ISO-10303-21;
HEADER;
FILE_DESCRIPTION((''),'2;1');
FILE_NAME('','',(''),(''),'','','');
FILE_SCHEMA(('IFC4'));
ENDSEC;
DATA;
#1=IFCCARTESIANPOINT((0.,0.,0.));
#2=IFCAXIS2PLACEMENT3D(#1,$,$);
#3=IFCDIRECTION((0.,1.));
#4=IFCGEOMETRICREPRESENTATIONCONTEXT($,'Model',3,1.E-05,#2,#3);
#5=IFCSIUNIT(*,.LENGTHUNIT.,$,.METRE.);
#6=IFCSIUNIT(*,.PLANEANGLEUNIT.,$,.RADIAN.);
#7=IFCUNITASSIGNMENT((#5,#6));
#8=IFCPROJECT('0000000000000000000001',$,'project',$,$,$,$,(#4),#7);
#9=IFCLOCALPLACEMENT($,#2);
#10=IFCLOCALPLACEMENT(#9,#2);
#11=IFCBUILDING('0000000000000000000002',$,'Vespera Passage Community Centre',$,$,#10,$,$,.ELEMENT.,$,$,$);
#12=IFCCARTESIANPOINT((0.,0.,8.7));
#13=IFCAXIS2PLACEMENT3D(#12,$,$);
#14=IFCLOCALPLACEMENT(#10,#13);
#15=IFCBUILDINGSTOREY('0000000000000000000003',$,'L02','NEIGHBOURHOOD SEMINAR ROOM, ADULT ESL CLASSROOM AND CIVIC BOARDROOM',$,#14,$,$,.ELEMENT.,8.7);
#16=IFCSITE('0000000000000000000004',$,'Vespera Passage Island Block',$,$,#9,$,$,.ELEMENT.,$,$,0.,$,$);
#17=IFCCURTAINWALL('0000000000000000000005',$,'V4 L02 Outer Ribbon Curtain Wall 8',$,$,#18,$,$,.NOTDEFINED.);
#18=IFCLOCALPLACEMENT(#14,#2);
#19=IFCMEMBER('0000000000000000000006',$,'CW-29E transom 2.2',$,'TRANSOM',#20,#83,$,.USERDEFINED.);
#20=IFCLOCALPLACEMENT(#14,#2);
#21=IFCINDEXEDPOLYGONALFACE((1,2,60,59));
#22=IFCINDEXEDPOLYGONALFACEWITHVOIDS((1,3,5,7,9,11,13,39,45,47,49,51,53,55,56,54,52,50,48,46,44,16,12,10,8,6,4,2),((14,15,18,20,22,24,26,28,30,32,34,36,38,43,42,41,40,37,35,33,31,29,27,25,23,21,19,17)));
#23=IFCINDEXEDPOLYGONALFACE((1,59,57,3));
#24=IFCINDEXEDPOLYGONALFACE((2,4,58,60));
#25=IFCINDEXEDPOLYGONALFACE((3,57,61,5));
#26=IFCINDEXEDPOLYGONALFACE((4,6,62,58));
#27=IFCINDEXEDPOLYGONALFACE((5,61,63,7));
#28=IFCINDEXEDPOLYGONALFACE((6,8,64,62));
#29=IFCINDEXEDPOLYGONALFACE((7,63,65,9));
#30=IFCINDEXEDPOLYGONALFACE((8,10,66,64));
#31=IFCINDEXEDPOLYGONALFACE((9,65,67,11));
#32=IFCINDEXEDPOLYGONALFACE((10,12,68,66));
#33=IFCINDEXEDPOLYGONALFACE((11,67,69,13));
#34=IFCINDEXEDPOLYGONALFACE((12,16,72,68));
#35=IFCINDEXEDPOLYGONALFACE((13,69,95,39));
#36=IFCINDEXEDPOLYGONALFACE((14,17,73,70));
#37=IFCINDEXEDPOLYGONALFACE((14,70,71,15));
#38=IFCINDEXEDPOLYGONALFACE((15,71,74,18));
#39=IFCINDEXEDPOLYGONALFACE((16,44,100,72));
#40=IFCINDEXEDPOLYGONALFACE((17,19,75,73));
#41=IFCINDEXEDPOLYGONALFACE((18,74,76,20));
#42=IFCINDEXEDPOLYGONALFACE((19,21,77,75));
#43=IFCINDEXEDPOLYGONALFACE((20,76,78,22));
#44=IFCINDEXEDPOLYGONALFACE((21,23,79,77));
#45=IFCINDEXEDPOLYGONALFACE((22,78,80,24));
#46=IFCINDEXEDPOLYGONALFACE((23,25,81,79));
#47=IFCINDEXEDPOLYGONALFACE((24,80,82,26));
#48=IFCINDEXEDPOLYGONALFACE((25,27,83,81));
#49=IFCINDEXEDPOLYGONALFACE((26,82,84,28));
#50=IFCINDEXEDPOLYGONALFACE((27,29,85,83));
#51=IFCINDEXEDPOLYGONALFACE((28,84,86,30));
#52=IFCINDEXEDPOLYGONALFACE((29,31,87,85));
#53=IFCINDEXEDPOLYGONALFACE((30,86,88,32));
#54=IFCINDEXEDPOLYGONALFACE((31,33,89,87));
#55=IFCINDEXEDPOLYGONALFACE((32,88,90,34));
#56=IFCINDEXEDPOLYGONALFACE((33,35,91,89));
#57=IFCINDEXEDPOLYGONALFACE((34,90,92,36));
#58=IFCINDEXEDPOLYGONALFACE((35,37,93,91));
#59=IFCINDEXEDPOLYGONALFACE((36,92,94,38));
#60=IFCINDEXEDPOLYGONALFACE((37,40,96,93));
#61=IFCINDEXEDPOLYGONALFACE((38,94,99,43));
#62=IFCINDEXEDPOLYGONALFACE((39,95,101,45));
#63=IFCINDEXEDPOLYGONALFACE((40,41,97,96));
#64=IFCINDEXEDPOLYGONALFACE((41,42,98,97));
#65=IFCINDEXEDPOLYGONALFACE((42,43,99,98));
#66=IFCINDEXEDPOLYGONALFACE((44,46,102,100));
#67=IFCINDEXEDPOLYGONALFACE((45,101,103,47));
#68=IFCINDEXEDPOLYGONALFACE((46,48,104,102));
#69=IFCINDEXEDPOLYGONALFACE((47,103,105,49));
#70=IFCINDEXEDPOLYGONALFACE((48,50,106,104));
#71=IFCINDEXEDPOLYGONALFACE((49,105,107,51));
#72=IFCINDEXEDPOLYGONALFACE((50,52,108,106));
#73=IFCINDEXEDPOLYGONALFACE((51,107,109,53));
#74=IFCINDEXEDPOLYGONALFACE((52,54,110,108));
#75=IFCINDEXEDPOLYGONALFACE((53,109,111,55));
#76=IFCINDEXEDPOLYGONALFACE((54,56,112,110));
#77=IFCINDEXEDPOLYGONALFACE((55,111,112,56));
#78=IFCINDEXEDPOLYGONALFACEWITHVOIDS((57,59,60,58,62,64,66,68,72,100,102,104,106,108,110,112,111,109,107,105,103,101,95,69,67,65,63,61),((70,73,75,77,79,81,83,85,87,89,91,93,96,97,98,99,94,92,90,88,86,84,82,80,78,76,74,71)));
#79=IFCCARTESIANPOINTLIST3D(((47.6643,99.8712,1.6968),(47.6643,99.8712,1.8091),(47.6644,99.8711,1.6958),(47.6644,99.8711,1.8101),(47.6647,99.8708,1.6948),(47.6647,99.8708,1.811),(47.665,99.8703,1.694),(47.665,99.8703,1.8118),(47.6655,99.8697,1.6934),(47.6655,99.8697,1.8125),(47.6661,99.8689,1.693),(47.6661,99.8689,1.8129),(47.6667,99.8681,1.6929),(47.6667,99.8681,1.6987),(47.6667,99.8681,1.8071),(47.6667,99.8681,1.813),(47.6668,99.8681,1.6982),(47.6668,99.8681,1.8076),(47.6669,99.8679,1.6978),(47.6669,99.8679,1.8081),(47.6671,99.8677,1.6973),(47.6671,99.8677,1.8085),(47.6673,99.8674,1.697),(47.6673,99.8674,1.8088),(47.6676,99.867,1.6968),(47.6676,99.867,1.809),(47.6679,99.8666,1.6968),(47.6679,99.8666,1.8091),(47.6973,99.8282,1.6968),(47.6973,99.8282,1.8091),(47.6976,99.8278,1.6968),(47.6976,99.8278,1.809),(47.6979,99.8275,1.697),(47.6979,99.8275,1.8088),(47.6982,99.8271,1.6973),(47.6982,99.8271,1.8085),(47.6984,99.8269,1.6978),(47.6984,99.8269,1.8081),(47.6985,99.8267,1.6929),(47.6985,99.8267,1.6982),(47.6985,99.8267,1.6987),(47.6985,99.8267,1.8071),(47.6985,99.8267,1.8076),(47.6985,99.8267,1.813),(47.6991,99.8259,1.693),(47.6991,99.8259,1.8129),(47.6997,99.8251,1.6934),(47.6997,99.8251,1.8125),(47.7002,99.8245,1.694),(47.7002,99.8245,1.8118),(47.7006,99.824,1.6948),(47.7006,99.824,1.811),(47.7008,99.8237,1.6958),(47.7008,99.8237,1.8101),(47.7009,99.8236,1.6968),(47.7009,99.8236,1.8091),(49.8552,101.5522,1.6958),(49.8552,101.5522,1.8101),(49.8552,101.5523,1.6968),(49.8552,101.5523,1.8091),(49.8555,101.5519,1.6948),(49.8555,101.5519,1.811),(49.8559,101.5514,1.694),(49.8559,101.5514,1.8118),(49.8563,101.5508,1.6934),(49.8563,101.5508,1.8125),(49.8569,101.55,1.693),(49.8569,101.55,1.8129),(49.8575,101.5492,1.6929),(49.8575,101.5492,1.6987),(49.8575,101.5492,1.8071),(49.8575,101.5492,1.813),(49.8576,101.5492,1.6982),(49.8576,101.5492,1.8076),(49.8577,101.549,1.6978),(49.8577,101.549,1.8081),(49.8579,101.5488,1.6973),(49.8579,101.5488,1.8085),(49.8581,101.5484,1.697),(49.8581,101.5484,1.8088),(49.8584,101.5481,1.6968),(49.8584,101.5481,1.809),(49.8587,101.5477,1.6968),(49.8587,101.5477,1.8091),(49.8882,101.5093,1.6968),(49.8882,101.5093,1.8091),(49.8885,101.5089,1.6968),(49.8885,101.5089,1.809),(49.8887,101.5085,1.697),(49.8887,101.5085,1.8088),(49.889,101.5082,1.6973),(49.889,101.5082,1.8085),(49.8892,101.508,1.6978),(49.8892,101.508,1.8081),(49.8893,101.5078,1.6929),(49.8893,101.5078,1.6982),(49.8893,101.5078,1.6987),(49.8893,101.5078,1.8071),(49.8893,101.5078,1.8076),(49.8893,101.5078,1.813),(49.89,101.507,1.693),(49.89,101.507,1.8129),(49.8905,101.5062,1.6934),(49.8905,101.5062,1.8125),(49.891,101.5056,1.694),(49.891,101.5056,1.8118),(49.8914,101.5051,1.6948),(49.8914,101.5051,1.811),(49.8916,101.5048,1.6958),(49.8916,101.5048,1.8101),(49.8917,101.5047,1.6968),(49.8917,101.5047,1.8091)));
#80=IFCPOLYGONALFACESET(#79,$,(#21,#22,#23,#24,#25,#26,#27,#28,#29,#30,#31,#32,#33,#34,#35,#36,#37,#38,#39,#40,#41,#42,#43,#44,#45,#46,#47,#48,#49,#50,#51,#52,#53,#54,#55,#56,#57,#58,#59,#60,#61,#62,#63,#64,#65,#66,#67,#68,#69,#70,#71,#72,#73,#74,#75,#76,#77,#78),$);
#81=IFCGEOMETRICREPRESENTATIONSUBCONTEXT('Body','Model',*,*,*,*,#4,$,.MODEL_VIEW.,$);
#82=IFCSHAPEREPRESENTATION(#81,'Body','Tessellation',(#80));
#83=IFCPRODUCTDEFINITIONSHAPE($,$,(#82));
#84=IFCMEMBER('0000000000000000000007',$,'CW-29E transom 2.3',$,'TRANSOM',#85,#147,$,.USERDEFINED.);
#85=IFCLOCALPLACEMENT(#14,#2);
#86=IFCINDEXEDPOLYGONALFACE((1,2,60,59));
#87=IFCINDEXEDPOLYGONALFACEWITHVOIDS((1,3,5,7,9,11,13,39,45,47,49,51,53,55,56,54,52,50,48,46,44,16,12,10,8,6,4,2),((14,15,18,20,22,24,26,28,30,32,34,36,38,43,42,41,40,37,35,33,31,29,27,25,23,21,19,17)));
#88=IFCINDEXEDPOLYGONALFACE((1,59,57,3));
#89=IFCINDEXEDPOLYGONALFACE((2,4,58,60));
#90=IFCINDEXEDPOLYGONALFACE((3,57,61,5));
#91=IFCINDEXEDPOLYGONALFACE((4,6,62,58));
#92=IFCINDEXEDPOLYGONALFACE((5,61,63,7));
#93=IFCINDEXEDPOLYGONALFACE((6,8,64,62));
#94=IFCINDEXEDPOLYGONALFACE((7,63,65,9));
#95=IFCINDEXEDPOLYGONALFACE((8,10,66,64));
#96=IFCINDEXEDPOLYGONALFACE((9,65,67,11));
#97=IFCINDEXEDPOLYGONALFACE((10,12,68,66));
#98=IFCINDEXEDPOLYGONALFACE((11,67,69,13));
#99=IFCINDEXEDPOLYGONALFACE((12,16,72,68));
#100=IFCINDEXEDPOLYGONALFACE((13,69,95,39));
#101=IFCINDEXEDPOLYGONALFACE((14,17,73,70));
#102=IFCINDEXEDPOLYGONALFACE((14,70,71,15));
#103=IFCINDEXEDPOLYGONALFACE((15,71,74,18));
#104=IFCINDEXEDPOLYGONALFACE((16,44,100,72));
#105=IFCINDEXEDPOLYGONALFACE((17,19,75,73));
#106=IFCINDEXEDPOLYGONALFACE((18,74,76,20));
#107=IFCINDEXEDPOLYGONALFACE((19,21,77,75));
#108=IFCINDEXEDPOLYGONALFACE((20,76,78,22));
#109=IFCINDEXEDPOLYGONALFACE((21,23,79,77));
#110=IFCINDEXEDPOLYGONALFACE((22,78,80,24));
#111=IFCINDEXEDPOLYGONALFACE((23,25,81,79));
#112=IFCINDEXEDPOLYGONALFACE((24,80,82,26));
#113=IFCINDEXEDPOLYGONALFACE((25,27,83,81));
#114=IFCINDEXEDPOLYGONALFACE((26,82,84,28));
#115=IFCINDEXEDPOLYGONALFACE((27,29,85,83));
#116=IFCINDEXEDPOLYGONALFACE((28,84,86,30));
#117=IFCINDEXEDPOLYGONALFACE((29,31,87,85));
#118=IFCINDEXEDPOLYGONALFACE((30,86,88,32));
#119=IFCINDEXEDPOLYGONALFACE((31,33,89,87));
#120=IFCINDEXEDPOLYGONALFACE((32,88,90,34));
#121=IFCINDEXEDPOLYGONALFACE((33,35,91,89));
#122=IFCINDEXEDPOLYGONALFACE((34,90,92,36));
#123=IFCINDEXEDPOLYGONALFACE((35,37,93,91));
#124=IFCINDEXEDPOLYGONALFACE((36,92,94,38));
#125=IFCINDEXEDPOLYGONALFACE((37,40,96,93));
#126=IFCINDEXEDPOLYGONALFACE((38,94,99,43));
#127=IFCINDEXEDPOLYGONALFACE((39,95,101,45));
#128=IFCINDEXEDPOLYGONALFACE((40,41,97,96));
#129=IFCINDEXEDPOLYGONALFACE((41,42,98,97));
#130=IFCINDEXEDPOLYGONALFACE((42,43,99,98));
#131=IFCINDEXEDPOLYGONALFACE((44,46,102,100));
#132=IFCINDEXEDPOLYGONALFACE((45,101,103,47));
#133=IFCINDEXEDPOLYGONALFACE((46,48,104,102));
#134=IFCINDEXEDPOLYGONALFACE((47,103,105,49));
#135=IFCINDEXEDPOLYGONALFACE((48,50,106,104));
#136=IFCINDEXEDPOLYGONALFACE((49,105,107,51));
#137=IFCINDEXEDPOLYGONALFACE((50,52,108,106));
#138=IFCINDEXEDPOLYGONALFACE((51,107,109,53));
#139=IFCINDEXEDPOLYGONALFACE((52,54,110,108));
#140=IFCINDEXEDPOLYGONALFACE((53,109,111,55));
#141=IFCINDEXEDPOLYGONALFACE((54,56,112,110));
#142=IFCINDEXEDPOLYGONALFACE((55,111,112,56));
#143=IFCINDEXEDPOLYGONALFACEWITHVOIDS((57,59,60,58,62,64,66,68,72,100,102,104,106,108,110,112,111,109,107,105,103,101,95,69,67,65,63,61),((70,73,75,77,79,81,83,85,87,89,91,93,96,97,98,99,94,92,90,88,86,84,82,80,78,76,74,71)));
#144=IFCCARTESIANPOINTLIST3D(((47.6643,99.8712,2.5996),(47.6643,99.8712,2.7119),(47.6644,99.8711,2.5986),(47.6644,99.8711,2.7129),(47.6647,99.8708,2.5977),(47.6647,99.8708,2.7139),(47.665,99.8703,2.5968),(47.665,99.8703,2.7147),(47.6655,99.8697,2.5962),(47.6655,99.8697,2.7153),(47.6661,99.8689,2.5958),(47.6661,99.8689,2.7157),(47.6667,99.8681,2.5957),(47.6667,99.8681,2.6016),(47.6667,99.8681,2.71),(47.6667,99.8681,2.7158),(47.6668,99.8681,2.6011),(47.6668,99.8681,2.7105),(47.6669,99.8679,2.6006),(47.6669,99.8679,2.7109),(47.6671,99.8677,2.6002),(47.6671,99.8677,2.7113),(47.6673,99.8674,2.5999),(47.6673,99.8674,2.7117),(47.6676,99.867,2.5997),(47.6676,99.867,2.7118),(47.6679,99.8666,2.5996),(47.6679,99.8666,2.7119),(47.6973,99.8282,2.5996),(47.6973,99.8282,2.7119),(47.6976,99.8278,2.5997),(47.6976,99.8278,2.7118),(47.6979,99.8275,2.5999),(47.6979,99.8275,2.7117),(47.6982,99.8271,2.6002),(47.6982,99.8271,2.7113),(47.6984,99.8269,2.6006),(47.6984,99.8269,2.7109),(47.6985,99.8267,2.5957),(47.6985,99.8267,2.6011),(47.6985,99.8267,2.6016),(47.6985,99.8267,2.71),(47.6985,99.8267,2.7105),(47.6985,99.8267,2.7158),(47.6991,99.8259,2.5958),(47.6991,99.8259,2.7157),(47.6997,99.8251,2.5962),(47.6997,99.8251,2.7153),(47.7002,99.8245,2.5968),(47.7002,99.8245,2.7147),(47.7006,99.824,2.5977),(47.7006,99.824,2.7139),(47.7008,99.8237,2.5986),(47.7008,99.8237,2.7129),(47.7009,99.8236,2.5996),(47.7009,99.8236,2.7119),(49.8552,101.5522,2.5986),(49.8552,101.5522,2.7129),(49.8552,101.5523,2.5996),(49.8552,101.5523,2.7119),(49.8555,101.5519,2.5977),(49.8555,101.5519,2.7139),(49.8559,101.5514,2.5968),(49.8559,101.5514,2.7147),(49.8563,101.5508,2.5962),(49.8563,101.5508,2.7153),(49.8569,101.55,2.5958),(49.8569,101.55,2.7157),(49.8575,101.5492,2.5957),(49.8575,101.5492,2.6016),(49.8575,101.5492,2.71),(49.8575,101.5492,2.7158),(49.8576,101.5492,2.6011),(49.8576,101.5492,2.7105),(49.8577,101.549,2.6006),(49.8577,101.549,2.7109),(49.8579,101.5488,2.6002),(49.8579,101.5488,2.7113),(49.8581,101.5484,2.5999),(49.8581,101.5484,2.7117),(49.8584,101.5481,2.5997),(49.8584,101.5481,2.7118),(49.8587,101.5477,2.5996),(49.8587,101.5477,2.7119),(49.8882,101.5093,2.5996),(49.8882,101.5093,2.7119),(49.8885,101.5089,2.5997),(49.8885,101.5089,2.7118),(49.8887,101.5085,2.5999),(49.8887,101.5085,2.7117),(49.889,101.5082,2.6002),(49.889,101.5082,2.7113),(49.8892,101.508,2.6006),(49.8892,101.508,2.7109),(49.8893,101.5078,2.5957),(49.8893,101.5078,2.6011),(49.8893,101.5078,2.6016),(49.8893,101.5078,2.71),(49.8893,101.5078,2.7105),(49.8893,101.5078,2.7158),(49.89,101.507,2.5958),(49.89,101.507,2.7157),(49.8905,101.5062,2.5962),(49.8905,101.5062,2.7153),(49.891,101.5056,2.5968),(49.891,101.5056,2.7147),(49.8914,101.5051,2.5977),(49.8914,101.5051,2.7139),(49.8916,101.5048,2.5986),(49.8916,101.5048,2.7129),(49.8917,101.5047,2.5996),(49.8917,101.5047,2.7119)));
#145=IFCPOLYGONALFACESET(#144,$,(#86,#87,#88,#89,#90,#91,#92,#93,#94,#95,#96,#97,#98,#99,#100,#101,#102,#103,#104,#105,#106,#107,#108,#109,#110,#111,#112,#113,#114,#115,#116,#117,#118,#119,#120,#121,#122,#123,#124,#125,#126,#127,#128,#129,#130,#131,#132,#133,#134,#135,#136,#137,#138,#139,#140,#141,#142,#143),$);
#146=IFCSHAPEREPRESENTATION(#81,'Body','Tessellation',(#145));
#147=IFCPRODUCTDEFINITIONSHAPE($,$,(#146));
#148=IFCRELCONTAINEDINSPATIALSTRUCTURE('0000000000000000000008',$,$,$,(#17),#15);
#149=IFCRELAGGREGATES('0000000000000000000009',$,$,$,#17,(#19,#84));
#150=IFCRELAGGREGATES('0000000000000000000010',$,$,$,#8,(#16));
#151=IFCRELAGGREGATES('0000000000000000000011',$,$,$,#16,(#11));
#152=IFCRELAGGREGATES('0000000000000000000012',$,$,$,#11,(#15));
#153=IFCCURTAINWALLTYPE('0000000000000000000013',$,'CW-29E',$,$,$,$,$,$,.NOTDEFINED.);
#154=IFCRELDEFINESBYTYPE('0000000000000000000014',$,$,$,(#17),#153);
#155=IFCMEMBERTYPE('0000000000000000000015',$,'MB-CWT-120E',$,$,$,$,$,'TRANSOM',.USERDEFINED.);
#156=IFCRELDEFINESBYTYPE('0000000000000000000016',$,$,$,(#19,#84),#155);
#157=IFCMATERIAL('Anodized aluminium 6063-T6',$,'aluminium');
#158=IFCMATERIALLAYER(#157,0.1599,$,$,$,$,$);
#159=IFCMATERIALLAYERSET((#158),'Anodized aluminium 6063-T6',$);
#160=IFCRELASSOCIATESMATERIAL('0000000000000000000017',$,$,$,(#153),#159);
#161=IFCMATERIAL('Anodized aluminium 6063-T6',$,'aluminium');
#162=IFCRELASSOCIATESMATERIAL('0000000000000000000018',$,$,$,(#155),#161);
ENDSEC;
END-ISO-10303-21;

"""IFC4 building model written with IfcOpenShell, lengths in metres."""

from ifc_helpers import new_model, si_unit, direction, frame, origin, origin_2d, place, context, subcontext, project, spatial, hollow_rectangle, extrude, material, layer, layer_set, material_profile, profile_set, type_object, element, aggregate, save


model = new_model("IFC4")

# Units and contexts
model_context = context("Model", 3, precision=1e-05, world=origin(), true_north=direction((0.0, 1.0)))
body_context = subcontext(model_context, "Body", "Model", "MODEL_VIEW")
ifc_project = project(units=[si_unit("LENGTHUNIT", "METRE"), si_unit("PLANEANGLEUNIT", "RADIAN")], contexts=[model_context])

# Site, building, storey
site_placement = place(None, origin())
site = spatial("IfcSite", under=ifc_project, at=site_placement, Name="Vespera Passage Island Block", CompositionType="ELEMENT", RefElevation=0.0)
building_placement = place(site_placement, origin())
building = spatial("IfcBuilding", under=site, at=building_placement, Name="Vespera Passage Community Centre", CompositionType="ELEMENT")
storey_placement = place(building_placement, frame((0.0, 0.0, 8.7)))
storey = spatial("IfcBuildingStorey", under=building, at=storey_placement, Name="L02", Description="NEIGHBOURHOOD SEMINAR ROOM, ADULT ESL CLASSROOM AND CIVIC BOARDROOM", CompositionType="ELEMENT", Elevation=8.7)

# Curtain wall
ifc_material_1 = material(Name="Anodized aluminium 6063-T6", Category="aluminium")
ifc_layer_1 = layer(ifc_material_1, 0.1599)
ifc_layer_set_1 = layer_set([ifc_layer_1], Name="Anodized aluminium 6063-T6")
curtain_wall_type_1 = type_object("IfcCurtainWallType", Name="CW-29E", PredefinedType="NOTDEFINED", material=ifc_layer_set_1)
curtain_wall_1_placement = place(storey_placement, origin())
curtain_wall_1 = element("IfcCurtainWall", 1, at=curtain_wall_1_placement, inside=storey, type_object=curtain_wall_type_1, Name="V4 L02 Outer Ribbon Curtain Wall 8", PredefinedType="NOTDEFINED")

# Members
ifc_material_2 = material(Name="Anodized aluminium 6063-T6", Category="aluminium")
ifc_material_profile_1 = material_profile(ifc_material_2, hollow_rectangle(XDim=0.0601, YDim=0.1201, WallThickness=0.0039, InnerFilletRadius=0.002, OuterFilletRadius=0.0039, at=origin_2d()), Name="ALU120X60X4")
ifc_profile_set_1 = profile_set([ifc_material_profile_1], Name="Anodized aluminium 6063-T6")
member_type_1 = type_object("IfcMemberType", Name="MB-CWT-120E", ElementType="TRANSOM", PredefinedType="USERDEFINED", material=ifc_profile_set_1)
member_1_placement = place(storey_placement, frame((47.6826, 99.8474, 1.7529), z_axis=(0.793353, 0.608762, 0.0), x_axis=(-0.608762, 0.793353, 0.0)))
member_1 = element("IfcMember", 2, at=member_1_placement, type_object=member_type_1, Name="CW-29E transom 2.2", ObjectType="TRANSOM", PredefinedType="USERDEFINED", context=body_context, shape_type="SweptSolid", body=[
    extrude(hollow_rectangle(XDim=0.0601, YDim=0.1201, WallThickness=0.0039, InnerFilletRadius=0.002, OuterFilletRadius=0.0039, at=origin_2d()), origin(), (0.0, 0.0, 1.0), 2.7615),
])
member_2_placement = place(storey_placement, frame((47.6826, 99.8474, 2.6558), z_axis=(0.793353, 0.608762, 0.0), x_axis=(-0.608762, 0.793353, 0.0)))
member_2 = element("IfcMember", 3, at=member_2_placement, type_object=member_type_1, Name="CW-29E transom 2.3", ObjectType="TRANSOM", PredefinedType="USERDEFINED", context=body_context, shape_type="SweptSolid", body=[
    extrude(hollow_rectangle(XDim=0.0601, YDim=0.1201, WallThickness=0.0039, InnerFilletRadius=0.002, OuterFilletRadius=0.0039, at=origin_2d()), origin(), (0.0, 0.0, 1.0), 2.7615),
])

aggregate(curtain_wall_1, [member_1, member_2])

save(model, "model.ifc")
